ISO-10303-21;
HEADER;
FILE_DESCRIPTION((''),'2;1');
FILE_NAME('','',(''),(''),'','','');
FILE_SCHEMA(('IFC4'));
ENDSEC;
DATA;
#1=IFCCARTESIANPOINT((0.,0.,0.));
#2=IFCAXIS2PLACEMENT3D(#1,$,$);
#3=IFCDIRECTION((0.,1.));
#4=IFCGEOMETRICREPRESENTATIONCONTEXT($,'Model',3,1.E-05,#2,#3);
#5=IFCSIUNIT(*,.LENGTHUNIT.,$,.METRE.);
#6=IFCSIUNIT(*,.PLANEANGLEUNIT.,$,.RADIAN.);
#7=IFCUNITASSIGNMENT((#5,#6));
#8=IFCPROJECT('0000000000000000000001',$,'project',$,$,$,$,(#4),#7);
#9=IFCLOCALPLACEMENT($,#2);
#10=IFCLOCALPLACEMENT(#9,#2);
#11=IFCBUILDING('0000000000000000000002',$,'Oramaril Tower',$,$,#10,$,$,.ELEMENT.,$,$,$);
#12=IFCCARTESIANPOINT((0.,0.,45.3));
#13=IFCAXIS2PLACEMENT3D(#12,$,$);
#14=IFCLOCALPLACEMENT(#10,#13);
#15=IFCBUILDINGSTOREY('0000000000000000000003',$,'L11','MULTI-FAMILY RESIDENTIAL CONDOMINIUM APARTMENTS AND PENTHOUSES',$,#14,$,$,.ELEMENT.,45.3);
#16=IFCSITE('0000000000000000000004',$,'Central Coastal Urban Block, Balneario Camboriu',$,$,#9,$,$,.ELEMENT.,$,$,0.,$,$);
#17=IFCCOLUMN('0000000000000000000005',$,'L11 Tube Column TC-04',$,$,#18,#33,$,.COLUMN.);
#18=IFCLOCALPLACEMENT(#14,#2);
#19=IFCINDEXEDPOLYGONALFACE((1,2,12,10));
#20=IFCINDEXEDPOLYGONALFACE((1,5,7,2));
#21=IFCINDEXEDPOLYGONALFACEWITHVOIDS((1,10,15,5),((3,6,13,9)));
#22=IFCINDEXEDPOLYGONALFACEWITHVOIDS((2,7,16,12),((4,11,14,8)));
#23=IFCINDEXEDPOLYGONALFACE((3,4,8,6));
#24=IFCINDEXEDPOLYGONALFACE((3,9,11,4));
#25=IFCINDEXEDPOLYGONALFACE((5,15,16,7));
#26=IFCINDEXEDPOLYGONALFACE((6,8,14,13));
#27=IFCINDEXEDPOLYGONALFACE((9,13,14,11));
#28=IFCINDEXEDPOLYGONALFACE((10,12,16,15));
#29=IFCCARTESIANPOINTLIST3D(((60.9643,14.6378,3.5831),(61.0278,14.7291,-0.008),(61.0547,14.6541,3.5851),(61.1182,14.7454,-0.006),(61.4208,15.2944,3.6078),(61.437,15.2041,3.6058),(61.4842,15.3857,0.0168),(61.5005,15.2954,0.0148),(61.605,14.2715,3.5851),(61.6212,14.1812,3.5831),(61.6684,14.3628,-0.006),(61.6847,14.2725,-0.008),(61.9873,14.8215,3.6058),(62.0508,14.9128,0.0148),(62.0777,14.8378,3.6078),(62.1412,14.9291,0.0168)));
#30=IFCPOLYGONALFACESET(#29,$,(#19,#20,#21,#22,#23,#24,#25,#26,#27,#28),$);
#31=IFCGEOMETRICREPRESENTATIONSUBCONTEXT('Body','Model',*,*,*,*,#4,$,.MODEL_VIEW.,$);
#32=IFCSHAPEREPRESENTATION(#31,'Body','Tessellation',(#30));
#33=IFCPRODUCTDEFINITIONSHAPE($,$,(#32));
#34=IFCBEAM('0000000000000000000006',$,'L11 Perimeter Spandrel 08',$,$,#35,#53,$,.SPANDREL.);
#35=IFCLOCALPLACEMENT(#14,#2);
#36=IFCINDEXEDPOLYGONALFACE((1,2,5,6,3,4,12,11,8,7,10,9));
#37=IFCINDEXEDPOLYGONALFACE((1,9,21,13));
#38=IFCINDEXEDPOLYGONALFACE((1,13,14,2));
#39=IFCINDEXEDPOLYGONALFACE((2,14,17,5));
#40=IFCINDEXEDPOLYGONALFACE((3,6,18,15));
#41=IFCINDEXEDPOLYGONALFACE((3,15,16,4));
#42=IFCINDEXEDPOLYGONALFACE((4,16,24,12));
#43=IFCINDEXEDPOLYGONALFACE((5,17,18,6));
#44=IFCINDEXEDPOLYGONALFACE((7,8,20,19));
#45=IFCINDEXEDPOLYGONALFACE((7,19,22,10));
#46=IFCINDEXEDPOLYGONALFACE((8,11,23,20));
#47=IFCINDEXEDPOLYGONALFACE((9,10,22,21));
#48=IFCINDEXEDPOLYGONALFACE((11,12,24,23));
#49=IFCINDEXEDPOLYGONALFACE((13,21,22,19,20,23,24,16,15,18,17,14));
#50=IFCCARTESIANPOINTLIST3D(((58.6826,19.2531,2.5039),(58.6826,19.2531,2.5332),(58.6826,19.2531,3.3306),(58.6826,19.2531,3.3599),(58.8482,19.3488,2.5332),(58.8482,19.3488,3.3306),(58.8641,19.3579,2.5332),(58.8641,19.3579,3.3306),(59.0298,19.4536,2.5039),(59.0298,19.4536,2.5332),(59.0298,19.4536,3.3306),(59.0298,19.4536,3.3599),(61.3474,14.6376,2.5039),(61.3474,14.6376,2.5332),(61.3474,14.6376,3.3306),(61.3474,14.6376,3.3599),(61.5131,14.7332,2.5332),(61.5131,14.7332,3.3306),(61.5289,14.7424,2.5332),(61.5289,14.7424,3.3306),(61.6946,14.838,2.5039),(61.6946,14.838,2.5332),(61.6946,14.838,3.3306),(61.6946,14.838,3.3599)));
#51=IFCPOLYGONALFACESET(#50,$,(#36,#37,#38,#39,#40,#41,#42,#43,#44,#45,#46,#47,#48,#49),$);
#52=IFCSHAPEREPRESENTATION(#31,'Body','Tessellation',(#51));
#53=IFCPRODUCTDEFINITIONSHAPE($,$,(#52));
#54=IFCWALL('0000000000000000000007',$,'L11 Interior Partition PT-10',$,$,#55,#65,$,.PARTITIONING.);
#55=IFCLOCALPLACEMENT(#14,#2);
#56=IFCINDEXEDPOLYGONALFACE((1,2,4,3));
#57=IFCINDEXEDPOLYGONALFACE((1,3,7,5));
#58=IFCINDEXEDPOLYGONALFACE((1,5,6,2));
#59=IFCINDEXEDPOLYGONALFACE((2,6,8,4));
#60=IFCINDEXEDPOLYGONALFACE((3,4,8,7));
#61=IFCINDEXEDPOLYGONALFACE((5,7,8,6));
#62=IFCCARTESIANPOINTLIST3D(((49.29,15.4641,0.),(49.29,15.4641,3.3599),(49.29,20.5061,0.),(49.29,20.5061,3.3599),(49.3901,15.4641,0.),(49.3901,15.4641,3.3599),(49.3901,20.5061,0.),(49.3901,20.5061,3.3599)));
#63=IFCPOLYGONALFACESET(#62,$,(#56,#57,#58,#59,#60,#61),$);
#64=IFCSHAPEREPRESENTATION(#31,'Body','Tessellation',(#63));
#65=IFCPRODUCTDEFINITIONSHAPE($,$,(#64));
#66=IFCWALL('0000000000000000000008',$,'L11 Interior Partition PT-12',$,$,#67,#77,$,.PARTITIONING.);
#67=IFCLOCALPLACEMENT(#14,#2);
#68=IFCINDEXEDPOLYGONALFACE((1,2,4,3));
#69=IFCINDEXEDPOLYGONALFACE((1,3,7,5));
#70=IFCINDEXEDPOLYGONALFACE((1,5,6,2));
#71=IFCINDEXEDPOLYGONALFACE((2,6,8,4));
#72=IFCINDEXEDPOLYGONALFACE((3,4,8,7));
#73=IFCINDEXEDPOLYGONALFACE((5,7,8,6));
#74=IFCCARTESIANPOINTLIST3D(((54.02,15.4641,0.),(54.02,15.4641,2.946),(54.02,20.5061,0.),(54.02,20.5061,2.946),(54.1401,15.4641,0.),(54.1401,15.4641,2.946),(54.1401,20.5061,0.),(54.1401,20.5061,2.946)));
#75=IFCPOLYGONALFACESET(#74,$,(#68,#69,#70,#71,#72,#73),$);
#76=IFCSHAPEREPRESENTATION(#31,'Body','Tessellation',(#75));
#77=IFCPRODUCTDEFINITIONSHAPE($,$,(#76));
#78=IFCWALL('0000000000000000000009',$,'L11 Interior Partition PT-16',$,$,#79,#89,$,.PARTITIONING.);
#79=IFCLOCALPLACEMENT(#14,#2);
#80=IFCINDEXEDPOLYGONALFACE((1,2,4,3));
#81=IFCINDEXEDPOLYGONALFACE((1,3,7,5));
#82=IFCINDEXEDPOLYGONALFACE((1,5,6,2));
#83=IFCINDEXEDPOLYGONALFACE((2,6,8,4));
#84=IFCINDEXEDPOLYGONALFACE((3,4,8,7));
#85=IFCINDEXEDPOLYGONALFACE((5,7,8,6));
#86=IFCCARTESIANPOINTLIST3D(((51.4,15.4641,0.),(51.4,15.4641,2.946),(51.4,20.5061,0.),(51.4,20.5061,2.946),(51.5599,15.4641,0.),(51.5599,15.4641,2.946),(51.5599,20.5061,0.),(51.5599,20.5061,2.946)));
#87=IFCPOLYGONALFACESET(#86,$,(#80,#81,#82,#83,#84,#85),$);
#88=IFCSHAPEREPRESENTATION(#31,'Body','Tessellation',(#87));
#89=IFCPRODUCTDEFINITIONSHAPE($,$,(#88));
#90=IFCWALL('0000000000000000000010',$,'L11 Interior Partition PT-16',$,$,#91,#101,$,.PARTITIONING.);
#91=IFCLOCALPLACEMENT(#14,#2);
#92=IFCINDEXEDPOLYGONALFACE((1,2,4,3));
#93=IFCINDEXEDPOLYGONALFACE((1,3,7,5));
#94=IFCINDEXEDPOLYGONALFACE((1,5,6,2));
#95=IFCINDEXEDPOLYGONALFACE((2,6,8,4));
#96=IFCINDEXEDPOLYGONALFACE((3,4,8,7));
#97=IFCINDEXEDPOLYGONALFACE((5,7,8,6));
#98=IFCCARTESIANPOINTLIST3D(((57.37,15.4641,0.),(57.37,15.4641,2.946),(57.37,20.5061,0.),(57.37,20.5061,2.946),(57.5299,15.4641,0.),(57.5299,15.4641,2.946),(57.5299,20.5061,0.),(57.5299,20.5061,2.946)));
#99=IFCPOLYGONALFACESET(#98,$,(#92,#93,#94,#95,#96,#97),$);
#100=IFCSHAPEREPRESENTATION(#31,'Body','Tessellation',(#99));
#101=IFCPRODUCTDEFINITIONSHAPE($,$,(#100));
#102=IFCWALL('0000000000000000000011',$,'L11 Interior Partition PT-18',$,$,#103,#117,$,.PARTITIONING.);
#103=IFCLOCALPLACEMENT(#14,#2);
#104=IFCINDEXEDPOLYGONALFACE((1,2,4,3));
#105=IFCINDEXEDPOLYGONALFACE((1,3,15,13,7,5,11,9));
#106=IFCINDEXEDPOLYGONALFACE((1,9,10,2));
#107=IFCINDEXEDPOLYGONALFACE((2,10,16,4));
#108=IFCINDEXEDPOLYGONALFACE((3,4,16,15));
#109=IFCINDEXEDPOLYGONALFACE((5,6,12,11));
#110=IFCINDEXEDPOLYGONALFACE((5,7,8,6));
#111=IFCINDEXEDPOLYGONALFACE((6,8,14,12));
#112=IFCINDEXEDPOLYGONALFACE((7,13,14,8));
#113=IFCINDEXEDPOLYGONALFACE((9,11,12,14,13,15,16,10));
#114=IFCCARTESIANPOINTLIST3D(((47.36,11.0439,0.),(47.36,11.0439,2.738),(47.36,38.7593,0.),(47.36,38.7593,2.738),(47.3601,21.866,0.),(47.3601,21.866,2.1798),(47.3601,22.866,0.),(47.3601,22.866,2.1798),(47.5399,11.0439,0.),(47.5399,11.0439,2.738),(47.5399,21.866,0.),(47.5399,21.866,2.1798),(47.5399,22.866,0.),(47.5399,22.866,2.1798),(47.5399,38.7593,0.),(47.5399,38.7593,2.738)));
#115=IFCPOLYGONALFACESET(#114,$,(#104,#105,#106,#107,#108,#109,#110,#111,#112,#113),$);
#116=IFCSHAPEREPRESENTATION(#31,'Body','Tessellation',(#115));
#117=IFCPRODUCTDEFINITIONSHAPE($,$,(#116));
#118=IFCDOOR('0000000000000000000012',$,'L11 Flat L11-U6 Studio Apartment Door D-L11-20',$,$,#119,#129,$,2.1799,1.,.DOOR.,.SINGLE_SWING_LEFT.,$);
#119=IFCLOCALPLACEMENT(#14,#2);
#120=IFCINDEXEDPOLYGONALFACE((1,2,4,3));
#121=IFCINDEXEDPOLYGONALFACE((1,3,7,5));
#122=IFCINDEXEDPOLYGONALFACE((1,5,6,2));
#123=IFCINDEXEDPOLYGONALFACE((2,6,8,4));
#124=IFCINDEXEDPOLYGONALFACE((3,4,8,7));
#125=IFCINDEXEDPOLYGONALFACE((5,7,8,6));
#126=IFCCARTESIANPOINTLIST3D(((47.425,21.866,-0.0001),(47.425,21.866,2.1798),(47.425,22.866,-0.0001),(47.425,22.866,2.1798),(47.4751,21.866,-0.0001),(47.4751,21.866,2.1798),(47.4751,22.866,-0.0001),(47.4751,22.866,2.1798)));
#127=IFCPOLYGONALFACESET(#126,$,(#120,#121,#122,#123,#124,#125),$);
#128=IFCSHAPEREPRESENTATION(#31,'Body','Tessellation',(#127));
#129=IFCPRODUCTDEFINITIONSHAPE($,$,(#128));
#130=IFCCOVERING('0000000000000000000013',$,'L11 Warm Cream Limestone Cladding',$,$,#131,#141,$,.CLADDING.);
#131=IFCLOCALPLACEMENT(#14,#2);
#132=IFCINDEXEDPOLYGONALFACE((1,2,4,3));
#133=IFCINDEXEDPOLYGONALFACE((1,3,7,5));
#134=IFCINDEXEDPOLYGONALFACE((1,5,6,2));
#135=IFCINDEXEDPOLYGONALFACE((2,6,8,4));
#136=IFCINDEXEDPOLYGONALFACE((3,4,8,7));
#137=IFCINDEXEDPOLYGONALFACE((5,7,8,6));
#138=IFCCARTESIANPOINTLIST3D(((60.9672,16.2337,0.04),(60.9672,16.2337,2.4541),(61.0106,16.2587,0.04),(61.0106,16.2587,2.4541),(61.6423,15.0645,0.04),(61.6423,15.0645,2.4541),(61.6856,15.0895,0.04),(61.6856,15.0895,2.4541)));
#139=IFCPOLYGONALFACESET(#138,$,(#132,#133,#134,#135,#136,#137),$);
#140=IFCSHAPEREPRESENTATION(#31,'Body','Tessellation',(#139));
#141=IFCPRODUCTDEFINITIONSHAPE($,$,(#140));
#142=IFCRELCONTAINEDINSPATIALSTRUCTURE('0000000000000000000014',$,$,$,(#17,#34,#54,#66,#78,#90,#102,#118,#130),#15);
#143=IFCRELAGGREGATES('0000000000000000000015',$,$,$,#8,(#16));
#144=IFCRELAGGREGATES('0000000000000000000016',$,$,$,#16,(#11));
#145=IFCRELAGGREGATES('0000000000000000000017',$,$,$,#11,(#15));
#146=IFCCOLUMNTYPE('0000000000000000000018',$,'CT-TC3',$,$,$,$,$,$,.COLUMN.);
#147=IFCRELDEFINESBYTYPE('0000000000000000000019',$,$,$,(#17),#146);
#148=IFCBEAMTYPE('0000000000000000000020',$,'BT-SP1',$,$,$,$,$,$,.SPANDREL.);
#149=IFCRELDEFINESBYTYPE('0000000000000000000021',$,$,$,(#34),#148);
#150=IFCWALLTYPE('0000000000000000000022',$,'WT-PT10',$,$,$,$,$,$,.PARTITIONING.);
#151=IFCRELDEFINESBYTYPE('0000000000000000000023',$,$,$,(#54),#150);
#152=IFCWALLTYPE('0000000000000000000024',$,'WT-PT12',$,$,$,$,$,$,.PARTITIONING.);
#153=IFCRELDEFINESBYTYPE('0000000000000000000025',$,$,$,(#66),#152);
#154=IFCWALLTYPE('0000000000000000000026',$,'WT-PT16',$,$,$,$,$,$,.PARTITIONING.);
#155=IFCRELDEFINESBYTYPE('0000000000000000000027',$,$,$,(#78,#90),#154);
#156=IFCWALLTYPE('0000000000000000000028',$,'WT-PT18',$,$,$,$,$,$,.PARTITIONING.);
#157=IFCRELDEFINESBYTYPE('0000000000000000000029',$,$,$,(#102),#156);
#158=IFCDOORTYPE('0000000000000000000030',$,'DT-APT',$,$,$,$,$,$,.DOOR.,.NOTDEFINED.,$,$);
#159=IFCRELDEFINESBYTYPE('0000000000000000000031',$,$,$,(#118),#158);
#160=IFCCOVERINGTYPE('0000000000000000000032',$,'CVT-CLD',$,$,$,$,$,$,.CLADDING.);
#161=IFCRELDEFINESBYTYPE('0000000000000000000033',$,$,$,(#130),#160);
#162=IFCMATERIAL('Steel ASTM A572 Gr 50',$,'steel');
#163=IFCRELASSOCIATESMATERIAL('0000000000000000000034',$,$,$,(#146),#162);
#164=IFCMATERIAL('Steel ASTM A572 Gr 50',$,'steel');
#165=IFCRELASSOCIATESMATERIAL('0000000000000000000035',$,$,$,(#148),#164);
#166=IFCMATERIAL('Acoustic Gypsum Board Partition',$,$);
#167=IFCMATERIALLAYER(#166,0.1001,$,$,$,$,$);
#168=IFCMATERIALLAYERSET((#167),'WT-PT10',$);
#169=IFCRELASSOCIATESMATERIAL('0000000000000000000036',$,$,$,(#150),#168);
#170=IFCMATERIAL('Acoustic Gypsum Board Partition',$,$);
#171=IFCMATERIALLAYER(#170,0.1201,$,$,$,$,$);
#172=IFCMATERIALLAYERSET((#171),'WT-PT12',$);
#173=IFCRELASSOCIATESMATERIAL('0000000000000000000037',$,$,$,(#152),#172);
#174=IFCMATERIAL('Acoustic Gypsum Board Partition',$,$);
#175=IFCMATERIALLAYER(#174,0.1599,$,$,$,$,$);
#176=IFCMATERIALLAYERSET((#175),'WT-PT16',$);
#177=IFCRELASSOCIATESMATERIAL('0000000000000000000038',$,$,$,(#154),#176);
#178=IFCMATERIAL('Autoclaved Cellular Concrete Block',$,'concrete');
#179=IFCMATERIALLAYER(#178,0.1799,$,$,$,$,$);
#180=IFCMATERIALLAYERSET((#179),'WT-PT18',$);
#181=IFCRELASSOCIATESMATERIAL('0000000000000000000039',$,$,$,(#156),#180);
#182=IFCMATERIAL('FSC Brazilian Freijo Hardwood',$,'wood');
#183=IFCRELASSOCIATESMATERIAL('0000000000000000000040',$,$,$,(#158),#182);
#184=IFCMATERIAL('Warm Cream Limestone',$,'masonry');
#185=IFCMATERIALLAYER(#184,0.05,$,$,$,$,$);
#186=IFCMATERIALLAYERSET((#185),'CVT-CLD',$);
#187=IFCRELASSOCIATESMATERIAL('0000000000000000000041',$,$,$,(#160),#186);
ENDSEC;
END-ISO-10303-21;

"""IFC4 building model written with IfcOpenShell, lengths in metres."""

from ifc_helpers import new_model, si_unit, direction, frame, frame_2d, origin, origin_2d, place, context, subcontext, project, spatial, rectangle, hollow_rectangle, i_section, extrude, material, layer, layer_set, material_profile, profile_set, type_object, element, fill, save


model = new_model("IFC4")

# Units and contexts
model_context = context("Model", 3, precision=1e-05, world=origin(), true_north=direction((0.0, 1.0)))
body_context = subcontext(model_context, "Body", "Model", "MODEL_VIEW")
ifc_project = project(units=[si_unit("LENGTHUNIT", "METRE"), si_unit("PLANEANGLEUNIT", "RADIAN")], contexts=[model_context])

# Site, building, storey
site_placement = place(None, origin())
site = spatial("IfcSite", under=ifc_project, at=site_placement, Name="Central Coastal Urban Block, Balneario Camboriu", CompositionType="ELEMENT", RefElevation=0.0)
building_placement = place(site_placement, origin())
building = spatial("IfcBuilding", under=site, at=building_placement, Name="Oramaril Tower", CompositionType="ELEMENT")
storey_placement = place(building_placement, frame((0.0, 0.0, 45.3)))
storey = spatial("IfcBuildingStorey", under=building, at=storey_placement, Name="L11", Description="MULTI-FAMILY RESIDENTIAL CONDOMINIUM APARTMENTS AND PENTHOUSES", CompositionType="ELEMENT", Elevation=45.3)

# Column
ifc_material_1 = material(Name="Steel ASTM A572 Gr 50", Category="steel")
ifc_material_profile_1 = material_profile(ifc_material_1, hollow_rectangle(XDim=0.8, YDim=0.8, WallThickness=0.0649, at=origin_2d()), Name="BOX800X800X65")
ifc_profile_set_1 = profile_set([ifc_material_profile_1], Name="Steel ASTM A572 Gr 50")
column_type = type_object("IfcColumnType", Name="CT-TC3", PredefinedType="COLUMN", material=ifc_profile_set_1)
column_placement = place(storey_placement, frame((61.5845, 14.8291, 0.0044), z_axis=(-0.017668, -0.025414, 0.999521), x_axis=(0.821084, -0.570807, 0.0)))
element("IfcColumn", 1, at=column_placement, inside=storey, type_object=column_type, Name="L11 Tube Column TC-04", PredefinedType="COLUMN", context=body_context, shape_type="SweptSolid", body=[
    extrude(hollow_rectangle(XDim=0.8, YDim=0.8, WallThickness=0.0649, at=origin_2d()), origin(), (0.0, 0.0, 1.0), 3.5928),
])

# Beam
ifc_material_2 = material(Name="Steel ASTM A572 Gr 50", Category="steel")
ifc_material_profile_2 = material_profile(ifc_material_2, i_section(OverallWidth=0.4009, OverallDepth=0.856, WebThickness=0.0183, FlangeThickness=0.0293, at=origin_2d()), Name="W33X201")
ifc_profile_set_2 = profile_set([ifc_material_profile_2], Name="Steel ASTM A572 Gr 50")
beam_type = type_object("IfcBeamType", Name="BT-SP1", PredefinedType="SPANDREL", material=ifc_profile_set_2)
beam_placement = place(storey_placement, frame((61.521, 14.7378, 2.9319), z_axis=(-0.500007, 0.866022, 0.0), x_axis=(-0.866022, -0.500007, 0.0)))
element("IfcBeam", 2, at=beam_placement, inside=storey, type_object=beam_type, Name="L11 Perimeter Spandrel 08", PredefinedType="SPANDREL", context=body_context, shape_type="SweptSolid", body=[
    extrude(i_section(OverallWidth=0.4009, OverallDepth=0.856, WebThickness=0.0183, FlangeThickness=0.0293, at=origin_2d()), origin(), (0.0, 0.0, 1.0), 5.3296),
])

# Walls
ifc_material_3 = material(Name="Acoustic Gypsum Board Partition")
ifc_layer_1 = layer(ifc_material_3, 0.1001)
ifc_layer_set_1 = layer_set([ifc_layer_1], Name="WT-PT10")
wall_type_1 = type_object("IfcWallType", Name="WT-PT10", PredefinedType="PARTITIONING", material=ifc_layer_set_1)
wall_1_placement = place(storey_placement, frame((49.3401, 15.4641, 0.0), z_axis=(0.0, 0.0, 1.0), x_axis=(0.0, 1.0, 0.0)))
element("IfcWall", 3, at=wall_1_placement, inside=storey, type_object=wall_type_1, Name="L11 Interior Partition PT-10", PredefinedType="PARTITIONING", context=body_context, shape_type="SweptSolid", body=[
    extrude(rectangle(XDim=5.042, YDim=0.1001, at=frame_2d((2.521, 0.0))), origin(), (0.0, 0.0, 1.0), 3.3599),
])
ifc_material_4 = material(Name="Acoustic Gypsum Board Partition")
ifc_layer_2 = layer(ifc_material_4, 0.1201)
ifc_layer_set_2 = layer_set([ifc_layer_2], Name="WT-PT12")
wall_type_2 = type_object("IfcWallType", Name="WT-PT12", PredefinedType="PARTITIONING", material=ifc_layer_set_2)
wall_2_placement = place(storey_placement, frame((54.0801, 15.4641, 0.0), z_axis=(0.0, 0.0, 1.0), x_axis=(0.0, 1.0, 0.0)))
element("IfcWall", 4, at=wall_2_placement, inside=storey, type_object=wall_type_2, Name="L11 Interior Partition PT-12", PredefinedType="PARTITIONING", context=body_context, shape_type="SweptSolid", body=[
    extrude(rectangle(XDim=5.042, YDim=0.1201, at=frame_2d((2.521, 0.0))), origin(), (0.0, 0.0, 1.0), 2.946),
])
ifc_material_5 = material(Name="Acoustic Gypsum Board Partition")
ifc_layer_3 = layer(ifc_material_5, 0.1599)
ifc_layer_set_3 = layer_set([ifc_layer_3], Name="WT-PT16")
wall_type_3 = type_object("IfcWallType", Name="WT-PT16", PredefinedType="PARTITIONING", material=ifc_layer_set_3)
for number, where, z_axis, x_axis, name in (
    (5, (51.48, 15.4641, 0.0), (0.0, 0.0, 1.0), (0.0, 1.0, 0.0), "L11 Interior Partition PT-16"),
    (6, (57.45, 15.4641, 0.0), (0.0, 0.0, 1.0), (0.0, 1.0, 0.0), "L11 Interior Partition PT-16"),
):
    element("IfcWall", number, at=place(storey_placement, frame(where, z_axis=z_axis, x_axis=x_axis)), inside=storey, type_object=wall_type_3, Name=name, PredefinedType="PARTITIONING", context=body_context, shape_type="SweptSolid", body=[
        extrude(rectangle(XDim=5.042, YDim=0.1599, at=frame_2d((2.521, 0.0))), origin(), (0.0, 0.0, 1.0), 2.946),
    ])

# Wall, opening, door
ifc_material_6 = material(Name="Autoclaved Cellular Concrete Block", Category="concrete")
ifc_layer_4 = layer(ifc_material_6, 0.1799)
ifc_layer_set_4 = layer_set([ifc_layer_4], Name="WT-PT18")
wall_type_4 = type_object("IfcWallType", Name="WT-PT18", PredefinedType="PARTITIONING", material=ifc_layer_set_4)
wall_3_placement = place(storey_placement, frame((47.45, 11.0439, 0.0), z_axis=(0.0, 0.0, 1.0), x_axis=(0.0, 1.0, 0.0)))
wall_3 = element("IfcWall", 7, at=wall_3_placement, inside=storey, type_object=wall_type_4, Name="L11 Interior Partition PT-18", PredefinedType="PARTITIONING", context=body_context, shape_type="SweptSolid", body=[
    extrude(rectangle(XDim=27.7153, YDim=0.1799, at=frame_2d((13.8577, 0.0))), origin(), (0.0, 0.0, 1.0), 2.738),
])
opening_1_placement = place(wall_3_placement, frame((10.822, 0.0, 0.0)))
opening_1 = element("IfcOpeningElement", 8, at=opening_1_placement, cuts=wall_3, PredefinedType="OPENING", context=body_context, shape_type="SweptSolid", body=[
    extrude(rectangle(XDim=1.0, YDim=2.1799, at=frame_2d((0.5, 1.0898))), frame((0.0, 0.0898, 0.0), z_axis=(0.0, -1.0, 0.0), x_axis=(1.0, 0.0, 0.0)), (0.0, 0.0, 1.0), 0.1799),
])
ifc_material_7 = material(Name="FSC Brazilian Freijo Hardwood", Category="wood")
door_type_1 = type_object("IfcDoorType", Name="DT-APT", OperationType="NOTDEFINED", PredefinedType="DOOR", material=ifc_material_7)
door_1_placement = place(opening_1_placement, origin())
door_1 = element("IfcDoor", 9, at=door_1_placement, inside=storey, type_object=door_type_1, Name="L11 Flat L11-U6 Studio Apartment Door D-L11-20", OperationType="SINGLE_SWING_LEFT", OverallHeight=2.1799, OverallWidth=1.0, PredefinedType="DOOR", context=body_context, shape_type="SweptSolid", body=[
    extrude(rectangle(XDim=1.0, YDim=2.1799, at=frame_2d((0.5, 1.0898))), frame((0.0, 0.0249, 0.0), z_axis=(0.0, -1.0, 0.0), x_axis=(1.0, 0.0, 0.0)), (0.0, 0.0, 1.0), 0.05),
])
fill(opening_1, door_1)

# Covering
ifc_material_8 = material(Name="Warm Cream Limestone", Category="masonry")
ifc_layer_5 = layer(ifc_material_8, 0.05)
ifc_layer_set_5 = layer_set([ifc_layer_5], Name="CVT-CLD")
covering_type = type_object("IfcCoveringType", Name="CVT-CLD", PredefinedType="CLADDING", material=ifc_layer_set_5)
covering_placement = place(storey_placement, frame((61.3264, 15.6616, 0.04), z_axis=(0.0, 0.0, 1.0), x_axis=(-0.500002, 0.866025, 0.0)))
element("IfcCovering", 10, at=covering_placement, inside=storey, type_object=covering_type, Name="L11 Warm Cream Limestone Cladding", PredefinedType="CLADDING", context=body_context, shape_type="SweptSolid", body=[
    extrude(rectangle(XDim=1.3501, YDim=0.05, at=origin_2d()), origin(), (0.0, 0.0, 1.0), 2.4141),
])

save(model, "model.ifc")
